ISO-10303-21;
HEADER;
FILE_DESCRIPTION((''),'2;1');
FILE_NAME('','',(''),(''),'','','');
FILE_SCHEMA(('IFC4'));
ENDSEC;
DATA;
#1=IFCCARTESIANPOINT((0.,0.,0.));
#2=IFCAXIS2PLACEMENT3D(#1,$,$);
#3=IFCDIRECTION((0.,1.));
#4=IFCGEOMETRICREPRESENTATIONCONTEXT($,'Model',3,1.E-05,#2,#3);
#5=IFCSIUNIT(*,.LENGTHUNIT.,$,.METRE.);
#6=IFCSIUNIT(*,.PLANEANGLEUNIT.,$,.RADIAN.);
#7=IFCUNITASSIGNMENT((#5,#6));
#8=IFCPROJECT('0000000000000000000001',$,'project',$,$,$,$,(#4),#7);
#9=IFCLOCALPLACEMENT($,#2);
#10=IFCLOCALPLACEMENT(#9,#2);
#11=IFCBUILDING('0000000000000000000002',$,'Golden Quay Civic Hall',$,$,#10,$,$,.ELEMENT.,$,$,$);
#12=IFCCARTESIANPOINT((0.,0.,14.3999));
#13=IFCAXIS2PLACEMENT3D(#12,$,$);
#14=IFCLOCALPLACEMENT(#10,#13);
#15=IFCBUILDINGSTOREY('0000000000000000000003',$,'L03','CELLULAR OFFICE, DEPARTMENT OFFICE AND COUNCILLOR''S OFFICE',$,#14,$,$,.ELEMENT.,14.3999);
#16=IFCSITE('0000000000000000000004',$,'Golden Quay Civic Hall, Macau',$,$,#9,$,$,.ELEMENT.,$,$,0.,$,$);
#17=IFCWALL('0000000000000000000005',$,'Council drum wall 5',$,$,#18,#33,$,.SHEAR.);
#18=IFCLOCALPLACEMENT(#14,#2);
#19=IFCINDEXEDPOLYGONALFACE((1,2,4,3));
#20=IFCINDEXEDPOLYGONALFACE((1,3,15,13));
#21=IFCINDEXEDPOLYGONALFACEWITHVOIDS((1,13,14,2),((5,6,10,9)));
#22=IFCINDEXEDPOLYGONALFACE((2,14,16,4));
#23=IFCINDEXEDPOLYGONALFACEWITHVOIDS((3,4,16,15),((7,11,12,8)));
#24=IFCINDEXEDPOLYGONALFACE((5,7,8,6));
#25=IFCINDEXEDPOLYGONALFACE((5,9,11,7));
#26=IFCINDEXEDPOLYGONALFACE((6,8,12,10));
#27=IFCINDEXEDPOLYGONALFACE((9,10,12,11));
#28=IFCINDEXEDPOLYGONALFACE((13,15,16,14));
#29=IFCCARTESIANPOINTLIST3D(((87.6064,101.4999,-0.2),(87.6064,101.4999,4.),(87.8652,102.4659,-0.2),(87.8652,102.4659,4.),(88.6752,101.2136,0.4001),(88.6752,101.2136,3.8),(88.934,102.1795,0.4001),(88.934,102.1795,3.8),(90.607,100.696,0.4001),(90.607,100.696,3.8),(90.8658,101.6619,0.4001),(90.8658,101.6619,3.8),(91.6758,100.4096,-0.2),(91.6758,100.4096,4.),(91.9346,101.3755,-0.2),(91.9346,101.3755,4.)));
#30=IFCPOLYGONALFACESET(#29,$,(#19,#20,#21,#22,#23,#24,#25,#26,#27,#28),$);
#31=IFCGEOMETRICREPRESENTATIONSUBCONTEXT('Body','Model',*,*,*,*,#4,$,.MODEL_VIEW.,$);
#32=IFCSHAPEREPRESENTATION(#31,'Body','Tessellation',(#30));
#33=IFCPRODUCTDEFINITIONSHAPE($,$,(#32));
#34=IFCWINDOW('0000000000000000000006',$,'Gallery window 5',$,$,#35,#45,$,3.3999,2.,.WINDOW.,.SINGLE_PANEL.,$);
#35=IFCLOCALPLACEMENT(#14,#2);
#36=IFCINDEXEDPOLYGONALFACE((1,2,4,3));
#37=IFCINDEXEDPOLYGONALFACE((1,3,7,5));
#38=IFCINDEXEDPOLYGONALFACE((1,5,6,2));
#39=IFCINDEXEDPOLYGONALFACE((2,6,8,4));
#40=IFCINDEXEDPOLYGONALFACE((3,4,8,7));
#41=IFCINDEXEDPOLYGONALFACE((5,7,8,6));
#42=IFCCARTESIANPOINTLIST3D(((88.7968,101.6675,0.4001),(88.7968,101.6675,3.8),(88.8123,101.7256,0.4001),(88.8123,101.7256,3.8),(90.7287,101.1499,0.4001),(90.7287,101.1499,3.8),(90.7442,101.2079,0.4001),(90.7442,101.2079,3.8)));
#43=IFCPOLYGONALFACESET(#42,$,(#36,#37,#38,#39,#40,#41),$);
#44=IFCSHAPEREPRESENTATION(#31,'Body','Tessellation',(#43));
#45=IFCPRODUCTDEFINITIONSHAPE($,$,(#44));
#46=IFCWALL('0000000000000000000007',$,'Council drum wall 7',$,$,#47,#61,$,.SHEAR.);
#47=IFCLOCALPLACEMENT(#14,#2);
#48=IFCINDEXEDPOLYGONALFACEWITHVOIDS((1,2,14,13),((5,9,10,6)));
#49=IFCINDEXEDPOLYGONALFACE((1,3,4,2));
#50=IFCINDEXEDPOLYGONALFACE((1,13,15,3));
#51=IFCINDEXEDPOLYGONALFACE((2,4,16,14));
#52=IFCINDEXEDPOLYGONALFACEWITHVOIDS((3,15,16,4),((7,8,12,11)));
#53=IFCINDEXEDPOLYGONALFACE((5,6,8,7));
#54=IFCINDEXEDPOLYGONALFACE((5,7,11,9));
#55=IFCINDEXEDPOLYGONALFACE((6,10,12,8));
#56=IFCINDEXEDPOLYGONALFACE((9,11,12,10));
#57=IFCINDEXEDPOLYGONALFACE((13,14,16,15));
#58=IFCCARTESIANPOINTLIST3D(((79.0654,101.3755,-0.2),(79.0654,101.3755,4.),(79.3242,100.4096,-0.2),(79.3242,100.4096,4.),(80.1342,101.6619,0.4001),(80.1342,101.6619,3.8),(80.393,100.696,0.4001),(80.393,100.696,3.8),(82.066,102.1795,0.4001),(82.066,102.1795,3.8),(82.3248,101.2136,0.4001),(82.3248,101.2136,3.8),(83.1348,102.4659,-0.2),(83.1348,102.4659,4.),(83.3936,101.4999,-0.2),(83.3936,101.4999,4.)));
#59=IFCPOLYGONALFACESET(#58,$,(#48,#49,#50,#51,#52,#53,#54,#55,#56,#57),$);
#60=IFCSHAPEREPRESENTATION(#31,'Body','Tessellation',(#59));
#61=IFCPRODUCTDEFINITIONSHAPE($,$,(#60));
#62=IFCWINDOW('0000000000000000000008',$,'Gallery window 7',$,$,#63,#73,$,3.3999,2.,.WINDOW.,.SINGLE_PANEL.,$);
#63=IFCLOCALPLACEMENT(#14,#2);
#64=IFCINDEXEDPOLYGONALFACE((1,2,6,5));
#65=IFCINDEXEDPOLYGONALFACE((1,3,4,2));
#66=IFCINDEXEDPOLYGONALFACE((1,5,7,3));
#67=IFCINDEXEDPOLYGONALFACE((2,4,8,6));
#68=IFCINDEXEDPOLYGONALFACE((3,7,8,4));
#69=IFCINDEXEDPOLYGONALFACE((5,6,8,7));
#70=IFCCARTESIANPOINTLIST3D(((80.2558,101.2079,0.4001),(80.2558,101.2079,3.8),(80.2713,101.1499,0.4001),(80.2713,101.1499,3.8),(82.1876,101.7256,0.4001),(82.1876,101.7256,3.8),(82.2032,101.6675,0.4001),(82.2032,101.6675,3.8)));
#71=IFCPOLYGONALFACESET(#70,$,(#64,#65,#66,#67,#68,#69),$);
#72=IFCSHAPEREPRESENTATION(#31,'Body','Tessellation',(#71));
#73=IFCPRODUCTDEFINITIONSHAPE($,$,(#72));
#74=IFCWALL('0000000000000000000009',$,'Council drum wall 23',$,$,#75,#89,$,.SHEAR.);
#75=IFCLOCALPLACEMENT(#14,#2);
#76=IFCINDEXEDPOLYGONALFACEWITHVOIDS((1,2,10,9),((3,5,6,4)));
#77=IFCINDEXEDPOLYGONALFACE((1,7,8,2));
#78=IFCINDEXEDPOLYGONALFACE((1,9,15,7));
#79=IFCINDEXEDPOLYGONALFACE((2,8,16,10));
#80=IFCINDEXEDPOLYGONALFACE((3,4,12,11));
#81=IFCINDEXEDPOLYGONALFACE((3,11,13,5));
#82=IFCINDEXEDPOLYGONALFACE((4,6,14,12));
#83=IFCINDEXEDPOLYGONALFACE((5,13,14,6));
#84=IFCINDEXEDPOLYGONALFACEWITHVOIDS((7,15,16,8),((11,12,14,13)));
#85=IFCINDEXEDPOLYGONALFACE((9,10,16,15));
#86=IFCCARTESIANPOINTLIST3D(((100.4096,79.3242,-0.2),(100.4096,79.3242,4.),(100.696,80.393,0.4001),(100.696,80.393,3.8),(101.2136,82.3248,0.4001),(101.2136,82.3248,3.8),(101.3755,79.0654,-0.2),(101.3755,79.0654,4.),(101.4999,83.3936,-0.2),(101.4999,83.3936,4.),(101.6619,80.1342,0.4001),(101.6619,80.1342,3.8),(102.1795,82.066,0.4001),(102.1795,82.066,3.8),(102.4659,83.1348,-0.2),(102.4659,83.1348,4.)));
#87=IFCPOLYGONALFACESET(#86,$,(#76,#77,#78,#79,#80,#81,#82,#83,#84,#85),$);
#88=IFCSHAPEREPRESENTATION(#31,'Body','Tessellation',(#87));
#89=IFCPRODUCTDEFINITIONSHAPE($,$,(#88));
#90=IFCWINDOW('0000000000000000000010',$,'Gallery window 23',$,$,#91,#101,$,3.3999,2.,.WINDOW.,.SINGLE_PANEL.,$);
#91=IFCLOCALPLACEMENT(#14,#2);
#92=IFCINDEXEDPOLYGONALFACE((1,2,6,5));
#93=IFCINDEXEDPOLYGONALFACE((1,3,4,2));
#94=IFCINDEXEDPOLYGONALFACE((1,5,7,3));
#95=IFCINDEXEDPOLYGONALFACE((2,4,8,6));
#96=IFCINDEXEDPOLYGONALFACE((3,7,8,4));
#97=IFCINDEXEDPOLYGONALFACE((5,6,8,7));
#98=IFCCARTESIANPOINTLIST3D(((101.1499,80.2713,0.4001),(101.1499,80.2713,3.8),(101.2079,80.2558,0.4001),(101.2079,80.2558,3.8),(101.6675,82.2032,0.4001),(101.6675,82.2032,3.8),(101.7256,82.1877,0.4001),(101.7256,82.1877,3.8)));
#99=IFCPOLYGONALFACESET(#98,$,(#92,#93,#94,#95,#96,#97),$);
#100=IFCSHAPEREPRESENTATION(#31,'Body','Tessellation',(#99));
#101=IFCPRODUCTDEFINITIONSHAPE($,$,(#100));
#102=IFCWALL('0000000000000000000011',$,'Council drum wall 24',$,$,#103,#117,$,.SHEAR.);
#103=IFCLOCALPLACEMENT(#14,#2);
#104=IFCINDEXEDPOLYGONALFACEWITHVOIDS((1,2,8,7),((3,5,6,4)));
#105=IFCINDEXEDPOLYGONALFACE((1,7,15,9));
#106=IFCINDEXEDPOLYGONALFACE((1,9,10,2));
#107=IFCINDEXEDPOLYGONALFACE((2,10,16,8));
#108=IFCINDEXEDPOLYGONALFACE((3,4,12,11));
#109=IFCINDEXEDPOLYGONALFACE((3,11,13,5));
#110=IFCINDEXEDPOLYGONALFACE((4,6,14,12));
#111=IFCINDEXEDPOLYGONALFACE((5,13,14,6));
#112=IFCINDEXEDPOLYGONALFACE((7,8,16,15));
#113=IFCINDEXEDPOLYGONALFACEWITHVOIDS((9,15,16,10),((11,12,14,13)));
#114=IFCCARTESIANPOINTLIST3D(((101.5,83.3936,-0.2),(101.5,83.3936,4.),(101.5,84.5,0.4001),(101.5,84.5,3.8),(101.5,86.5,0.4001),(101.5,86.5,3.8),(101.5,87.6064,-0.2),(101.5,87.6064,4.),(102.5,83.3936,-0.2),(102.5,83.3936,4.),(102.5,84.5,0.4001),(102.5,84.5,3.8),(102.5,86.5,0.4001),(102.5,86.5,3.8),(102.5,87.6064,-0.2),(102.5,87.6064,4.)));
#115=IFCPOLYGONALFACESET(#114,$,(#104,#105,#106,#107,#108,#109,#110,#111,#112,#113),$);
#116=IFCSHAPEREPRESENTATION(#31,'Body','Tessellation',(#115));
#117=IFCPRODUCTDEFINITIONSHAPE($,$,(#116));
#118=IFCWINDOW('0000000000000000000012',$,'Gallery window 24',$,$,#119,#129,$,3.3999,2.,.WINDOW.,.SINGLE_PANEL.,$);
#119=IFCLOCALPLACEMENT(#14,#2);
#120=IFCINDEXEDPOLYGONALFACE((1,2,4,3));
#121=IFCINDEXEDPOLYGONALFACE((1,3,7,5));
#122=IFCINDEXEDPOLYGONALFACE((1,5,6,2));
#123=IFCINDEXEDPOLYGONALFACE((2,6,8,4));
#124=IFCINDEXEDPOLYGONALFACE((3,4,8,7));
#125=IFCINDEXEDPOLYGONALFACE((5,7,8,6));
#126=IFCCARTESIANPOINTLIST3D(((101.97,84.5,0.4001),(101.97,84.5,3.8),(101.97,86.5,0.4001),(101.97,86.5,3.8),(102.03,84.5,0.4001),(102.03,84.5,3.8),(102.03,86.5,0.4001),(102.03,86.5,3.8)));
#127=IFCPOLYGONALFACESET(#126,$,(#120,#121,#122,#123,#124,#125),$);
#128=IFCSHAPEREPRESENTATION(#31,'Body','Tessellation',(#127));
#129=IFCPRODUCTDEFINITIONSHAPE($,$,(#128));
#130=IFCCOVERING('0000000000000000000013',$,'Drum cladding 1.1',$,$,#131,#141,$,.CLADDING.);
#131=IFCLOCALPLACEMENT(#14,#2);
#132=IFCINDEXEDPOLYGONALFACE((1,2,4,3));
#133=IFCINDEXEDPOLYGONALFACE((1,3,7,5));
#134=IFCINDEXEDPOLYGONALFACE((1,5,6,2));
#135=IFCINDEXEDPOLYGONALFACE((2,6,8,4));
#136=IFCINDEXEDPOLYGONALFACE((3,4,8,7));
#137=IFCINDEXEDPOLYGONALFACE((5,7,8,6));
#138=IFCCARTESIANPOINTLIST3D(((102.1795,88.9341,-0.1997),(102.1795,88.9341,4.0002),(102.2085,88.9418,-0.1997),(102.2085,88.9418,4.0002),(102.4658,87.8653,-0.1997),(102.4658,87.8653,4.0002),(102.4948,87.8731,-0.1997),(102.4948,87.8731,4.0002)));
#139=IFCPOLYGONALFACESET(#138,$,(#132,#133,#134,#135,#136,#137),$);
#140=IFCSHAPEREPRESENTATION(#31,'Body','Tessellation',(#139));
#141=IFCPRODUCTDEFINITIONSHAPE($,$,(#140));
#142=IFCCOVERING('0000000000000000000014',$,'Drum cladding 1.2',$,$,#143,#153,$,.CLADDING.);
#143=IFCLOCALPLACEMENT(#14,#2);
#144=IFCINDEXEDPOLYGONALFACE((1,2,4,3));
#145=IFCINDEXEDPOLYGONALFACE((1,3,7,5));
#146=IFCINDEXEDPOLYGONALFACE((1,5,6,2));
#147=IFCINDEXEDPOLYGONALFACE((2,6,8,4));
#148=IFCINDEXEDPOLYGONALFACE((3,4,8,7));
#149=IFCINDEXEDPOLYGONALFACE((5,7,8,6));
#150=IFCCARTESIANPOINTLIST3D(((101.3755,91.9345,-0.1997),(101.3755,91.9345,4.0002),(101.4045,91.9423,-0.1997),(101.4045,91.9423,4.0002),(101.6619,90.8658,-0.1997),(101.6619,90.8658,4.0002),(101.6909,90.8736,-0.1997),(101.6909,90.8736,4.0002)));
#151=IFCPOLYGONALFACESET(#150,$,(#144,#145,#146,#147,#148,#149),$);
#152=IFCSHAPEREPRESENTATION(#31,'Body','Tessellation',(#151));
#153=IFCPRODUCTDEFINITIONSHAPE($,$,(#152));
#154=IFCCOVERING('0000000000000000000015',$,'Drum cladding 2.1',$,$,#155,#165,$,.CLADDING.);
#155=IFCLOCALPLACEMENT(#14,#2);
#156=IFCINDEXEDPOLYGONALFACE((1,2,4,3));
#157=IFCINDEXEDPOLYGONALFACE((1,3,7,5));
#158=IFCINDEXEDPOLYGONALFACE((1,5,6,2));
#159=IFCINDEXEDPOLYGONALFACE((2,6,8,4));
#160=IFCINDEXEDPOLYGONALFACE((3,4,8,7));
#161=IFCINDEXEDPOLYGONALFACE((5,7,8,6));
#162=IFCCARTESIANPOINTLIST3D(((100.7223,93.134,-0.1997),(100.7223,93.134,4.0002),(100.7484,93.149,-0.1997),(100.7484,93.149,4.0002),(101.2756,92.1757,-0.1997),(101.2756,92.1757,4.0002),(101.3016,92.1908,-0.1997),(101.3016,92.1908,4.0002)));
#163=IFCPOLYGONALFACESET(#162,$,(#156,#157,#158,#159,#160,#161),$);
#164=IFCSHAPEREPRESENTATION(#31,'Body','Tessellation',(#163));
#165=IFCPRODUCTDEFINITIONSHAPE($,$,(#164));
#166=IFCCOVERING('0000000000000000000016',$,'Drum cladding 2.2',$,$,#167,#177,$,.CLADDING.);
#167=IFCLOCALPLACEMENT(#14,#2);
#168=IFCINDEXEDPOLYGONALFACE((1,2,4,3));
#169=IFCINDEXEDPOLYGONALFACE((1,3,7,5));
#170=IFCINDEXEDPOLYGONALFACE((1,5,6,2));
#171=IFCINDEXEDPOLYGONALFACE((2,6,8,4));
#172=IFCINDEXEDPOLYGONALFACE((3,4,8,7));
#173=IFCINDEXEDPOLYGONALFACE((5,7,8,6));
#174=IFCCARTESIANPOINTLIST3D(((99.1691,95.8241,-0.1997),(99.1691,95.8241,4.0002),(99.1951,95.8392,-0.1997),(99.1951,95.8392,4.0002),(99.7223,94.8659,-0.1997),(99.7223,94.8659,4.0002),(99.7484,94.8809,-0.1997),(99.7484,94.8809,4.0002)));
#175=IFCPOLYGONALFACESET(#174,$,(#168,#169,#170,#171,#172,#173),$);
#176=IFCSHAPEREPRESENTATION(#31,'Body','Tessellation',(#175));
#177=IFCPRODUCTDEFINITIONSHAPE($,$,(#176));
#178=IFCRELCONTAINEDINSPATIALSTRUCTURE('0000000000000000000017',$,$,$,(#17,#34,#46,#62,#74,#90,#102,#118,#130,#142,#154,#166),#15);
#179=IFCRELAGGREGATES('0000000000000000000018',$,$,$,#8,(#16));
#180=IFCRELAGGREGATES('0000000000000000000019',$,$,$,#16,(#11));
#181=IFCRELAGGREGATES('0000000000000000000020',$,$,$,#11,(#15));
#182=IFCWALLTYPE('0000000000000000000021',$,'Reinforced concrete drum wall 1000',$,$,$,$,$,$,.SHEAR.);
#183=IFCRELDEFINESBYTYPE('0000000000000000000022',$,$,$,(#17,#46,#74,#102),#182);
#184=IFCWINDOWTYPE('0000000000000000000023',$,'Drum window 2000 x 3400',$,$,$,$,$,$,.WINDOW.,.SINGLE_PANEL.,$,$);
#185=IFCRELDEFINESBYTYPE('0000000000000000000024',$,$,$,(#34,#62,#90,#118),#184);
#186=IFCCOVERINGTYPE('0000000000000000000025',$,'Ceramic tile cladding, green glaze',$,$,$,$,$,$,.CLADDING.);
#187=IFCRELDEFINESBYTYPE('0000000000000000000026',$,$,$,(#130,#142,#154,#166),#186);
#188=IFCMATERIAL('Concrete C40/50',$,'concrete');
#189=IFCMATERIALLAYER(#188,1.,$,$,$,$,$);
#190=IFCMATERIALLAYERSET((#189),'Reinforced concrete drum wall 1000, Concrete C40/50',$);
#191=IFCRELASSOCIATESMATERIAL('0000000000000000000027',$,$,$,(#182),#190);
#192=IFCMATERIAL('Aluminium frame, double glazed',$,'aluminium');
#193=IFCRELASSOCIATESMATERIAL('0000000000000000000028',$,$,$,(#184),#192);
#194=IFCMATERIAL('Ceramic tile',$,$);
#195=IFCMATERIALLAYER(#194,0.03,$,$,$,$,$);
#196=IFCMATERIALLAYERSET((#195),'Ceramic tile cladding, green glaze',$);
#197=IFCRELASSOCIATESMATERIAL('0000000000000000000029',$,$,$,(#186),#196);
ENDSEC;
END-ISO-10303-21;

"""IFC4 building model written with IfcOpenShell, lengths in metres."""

from ifc_helpers import new_model, si_unit, direction, frame, frame_2d, origin, origin_2d, place, context, subcontext, project, spatial, rectangle, extrude, material, layer, layer_set, type_object, element, fill, save


model = new_model("IFC4")

# Units and contexts
model_context = context("Model", 3, precision=1e-05, world=origin(), true_north=direction((0.0, 1.0)))
body_context = subcontext(model_context, "Body", "Model", "MODEL_VIEW")
ifc_project = project(units=[si_unit("LENGTHUNIT", "METRE"), si_unit("PLANEANGLEUNIT", "RADIAN")], contexts=[model_context])

# Site, building, storey
site_placement = place(None, origin())
site = spatial("IfcSite", under=ifc_project, at=site_placement, Name="Golden Quay Civic Hall, Macau", CompositionType="ELEMENT", RefElevation=0.0)
building_placement = place(site_placement, origin())
building = spatial("IfcBuilding", under=site, at=building_placement, Name="Golden Quay Civic Hall", CompositionType="ELEMENT")
storey_placement = place(building_placement, frame((0.0, 0.0, 14.3999)))
storey = spatial("IfcBuildingStorey", under=building, at=storey_placement, Name="L03", Description="CELLULAR OFFICE, DEPARTMENT OFFICE AND COUNCILLOR'S OFFICE", CompositionType="ELEMENT", Elevation=14.3999)

# Shared definitions
ifc_material_1 = material(Name="Concrete C40/50", Category="concrete")
ifc_layer_1 = layer(ifc_material_1, 1.0)
ifc_layer_set_1 = layer_set([ifc_layer_1], Name="Reinforced concrete drum wall 1000, Concrete C40/50")
wall_type = type_object("IfcWallType", Name="Reinforced concrete drum wall 1000", PredefinedType="SHEAR", material=ifc_layer_set_1)
ifc_material_2 = material(Name="Aluminium frame, double glazed", Category="aluminium")
window_type = type_object("IfcWindowType", Name="Drum window 2000 x 3400", PartitioningType="SINGLE_PANEL", PredefinedType="WINDOW", material=ifc_material_2)

# Walls, openings, windows
wall_1_placement = place(storey_placement, frame((91.8052, 100.8926, -0.2), z_axis=(0.0, 0.0, 1.0), x_axis=(-0.965928, 0.258809, 0.0)))
wall_1 = element("IfcWall", 1, at=wall_1_placement, inside=storey, type_object=wall_type, Name="Council drum wall 5", PredefinedType="SHEAR", context=body_context, shape_type="SweptSolid", body=[
    extrude(rectangle(XDim=4.2129, YDim=1.0, at=frame_2d((2.1064, 0.0))), origin(), (0.0, 0.0, 1.0), 4.2),
])
opening_1_placement = place(wall_1_placement, frame((1.1064, 0.0, 0.6001)))
opening_1 = element("IfcOpeningElement", 2, at=opening_1_placement, cuts=wall_1, PredefinedType="OPENING", context=body_context, shape_type="SweptSolid", body=[
    extrude(rectangle(XDim=2.0, YDim=3.3999, at=frame_2d((1.0, 1.7))), frame((0.0, 0.51, 0.0), z_axis=(0.0, -1.0, 0.0), x_axis=(1.0, 0.0, 0.0)), (0.0, 0.0, 1.0), 1.02),
])
window_1_placement = place(opening_1_placement, origin())
window_1 = element("IfcWindow", 3, at=window_1_placement, inside=storey, type_object=window_type, Name="Gallery window 5", OverallHeight=3.3999, OverallWidth=2.0, PartitioningType="SINGLE_PANEL", PredefinedType="WINDOW", context=body_context, shape_type="SweptSolid", body=[
    extrude(rectangle(XDim=2.0, YDim=3.3999, at=frame_2d((1.0, 1.7))), frame((0.0, 0.03, 0.0), z_axis=(0.0, -1.0, 0.0), x_axis=(1.0, 0.0, 0.0)), (0.0, 0.0, 1.0), 0.0601),
])
fill(opening_1, window_1)
wall_2_placement = place(storey_placement, frame((83.2642, 101.9829, -0.2), z_axis=(0.0, 0.0, 1.0), x_axis=(-0.965928, -0.258809, 0.0)))
wall_2 = element("IfcWall", 4, at=wall_2_placement, inside=storey, type_object=wall_type, Name="Council drum wall 7", PredefinedType="SHEAR", context=body_context, shape_type="SweptSolid", body=[
    extrude(rectangle(XDim=4.2129, YDim=1.0, at=frame_2d((2.1064, 0.0))), origin(), (0.0, 0.0, 1.0), 4.2),
])
opening_2_placement = place(wall_2_placement, frame((1.1064, 0.0, 0.6001)))
opening_2 = element("IfcOpeningElement", 5, at=opening_2_placement, cuts=wall_2, PredefinedType="OPENING", context=body_context, shape_type="SweptSolid", body=[
    extrude(rectangle(XDim=2.0, YDim=3.3999, at=frame_2d((1.0, 1.7))), frame((0.0, 0.51, 0.0), z_axis=(0.0, -1.0, 0.0), x_axis=(1.0, 0.0, 0.0)), (0.0, 0.0, 1.0), 1.02),
])
window_2_placement = place(opening_2_placement, origin())
window_2 = element("IfcWindow", 6, at=window_2_placement, inside=storey, type_object=window_type, Name="Gallery window 7", OverallHeight=3.3999, OverallWidth=2.0, PartitioningType="SINGLE_PANEL", PredefinedType="WINDOW", context=body_context, shape_type="SweptSolid", body=[
    extrude(rectangle(XDim=2.0, YDim=3.3999, at=frame_2d((1.0, 1.7))), frame((0.0, 0.03, 0.0), z_axis=(0.0, -1.0, 0.0), x_axis=(1.0, 0.0, 0.0)), (0.0, 0.0, 1.0), 0.0601),
])
fill(opening_2, window_2)
wall_3_placement = place(storey_placement, frame((100.8926, 79.1948, -0.2), z_axis=(0.0, 0.0, 1.0), x_axis=(0.258809, 0.965928, 0.0)))
wall_3 = element("IfcWall", 7, at=wall_3_placement, inside=storey, type_object=wall_type, Name="Council drum wall 23", PredefinedType="SHEAR", context=body_context, shape_type="SweptSolid", body=[
    extrude(rectangle(XDim=4.2129, YDim=1.0, at=frame_2d((2.1064, 0.0))), origin(), (0.0, 0.0, 1.0), 4.2),
])
opening_3_placement = place(wall_3_placement, frame((1.1064, 0.0, 0.6001)))
opening_3 = element("IfcOpeningElement", 8, at=opening_3_placement, cuts=wall_3, PredefinedType="OPENING", context=body_context, shape_type="SweptSolid", body=[
    extrude(rectangle(XDim=2.0, YDim=3.3999, at=frame_2d((1.0, 1.7))), frame((0.0, 0.51, 0.0), z_axis=(0.0, -1.0, 0.0), x_axis=(1.0, 0.0, 0.0)), (0.0, 0.0, 1.0), 1.02),
])
window_3_placement = place(opening_3_placement, origin())
window_3 = element("IfcWindow", 9, at=window_3_placement, inside=storey, type_object=window_type, Name="Gallery window 23", OverallHeight=3.3999, OverallWidth=2.0, PartitioningType="SINGLE_PANEL", PredefinedType="WINDOW", context=body_context, shape_type="SweptSolid", body=[
    extrude(rectangle(XDim=2.0, YDim=3.3999, at=frame_2d((1.0, 1.7))), frame((0.0, 0.03, 0.0), z_axis=(0.0, -1.0, 0.0), x_axis=(1.0, 0.0, 0.0)), (0.0, 0.0, 1.0), 0.0601),
])
fill(opening_3, window_3)
wall_4_placement = place(storey_placement, frame((102.0, 83.3936, -0.2), z_axis=(0.0, 0.0, 1.0), x_axis=(0.0, 1.0, 0.0)))
wall_4 = element("IfcWall", 10, at=wall_4_placement, inside=storey, type_object=wall_type, Name="Council drum wall 24", PredefinedType="SHEAR", context=body_context, shape_type="SweptSolid", body=[
    extrude(rectangle(XDim=4.2129, YDim=1.0, at=frame_2d((2.1064, 0.0))), origin(), (0.0, 0.0, 1.0), 4.2),
])
opening_4_placement = place(wall_4_placement, frame((1.1064, 0.0, 0.6001)))
opening_4 = element("IfcOpeningElement", 11, at=opening_4_placement, cuts=wall_4, PredefinedType="OPENING", context=body_context, shape_type="SweptSolid", body=[
    extrude(rectangle(XDim=2.0, YDim=3.3999, at=frame_2d((1.0, 1.7))), frame((0.0, 0.51, 0.0), z_axis=(0.0, -1.0, 0.0), x_axis=(1.0, 0.0, 0.0)), (0.0, 0.0, 1.0), 1.02),
])
window_4_placement = place(opening_4_placement, origin())
window_4 = element("IfcWindow", 12, at=window_4_placement, inside=storey, type_object=window_type, Name="Gallery window 24", OverallHeight=3.3999, OverallWidth=2.0, PartitioningType="SINGLE_PANEL", PredefinedType="WINDOW", context=body_context, shape_type="SweptSolid", body=[
    extrude(rectangle(XDim=2.0, YDim=3.3999, at=frame_2d((1.0, 1.7))), frame((0.0, 0.03, 0.0), z_axis=(0.0, -1.0, 0.0), x_axis=(1.0, 0.0, 0.0)), (0.0, 0.0, 1.0), 0.0601),
])
fill(opening_4, window_4)

# Coverings
ifc_material_3 = material(Name="Ceramic tile")
ifc_layer_2 = layer(ifc_material_3, 0.03)
ifc_layer_set_2 = layer_set([ifc_layer_2], Name="Ceramic tile cladding, green glaze")
covering_type = type_object("IfcCoveringType", Name="Ceramic tile cladding, green glaze", PredefinedType="CLADDING", material=ifc_layer_set_2)
for number, where, z_axis, x_axis, name in (
    (13, (102.3372, 88.4036, -0.1997), (0.0, 0.0, 1.0), (-0.258819, 0.965926, 0.0), "Drum cladding 1.1"),
    (14, (101.5332, 91.4041, -0.1997), (0.0, 0.0, 1.0), (-0.258819, 0.965926, 0.0), "Drum cladding 1.2"),
    (15, (101.012, 92.6624, -0.1997), (0.0, 0.0, 1.0), (-0.5, 0.866025, 0.0), "Drum cladding 2.1"),
    (16, (99.4587, 95.3525, -0.1997), (0.0, 0.0, 1.0), (-0.5, 0.866025, 0.0), "Drum cladding 2.2"),
):
    element("IfcCovering", number, at=place(storey_placement, frame(where, z_axis=z_axis, x_axis=x_axis)), inside=storey, type_object=covering_type, Name=name, PredefinedType="CLADDING", context=body_context, shape_type="SweptSolid", body=[
        extrude(rectangle(XDim=1.1064, YDim=0.03, at=origin_2d()), origin(), (0.0, 0.0, 1.0), 4.2),
    ])

save(model, "model.ifc")
